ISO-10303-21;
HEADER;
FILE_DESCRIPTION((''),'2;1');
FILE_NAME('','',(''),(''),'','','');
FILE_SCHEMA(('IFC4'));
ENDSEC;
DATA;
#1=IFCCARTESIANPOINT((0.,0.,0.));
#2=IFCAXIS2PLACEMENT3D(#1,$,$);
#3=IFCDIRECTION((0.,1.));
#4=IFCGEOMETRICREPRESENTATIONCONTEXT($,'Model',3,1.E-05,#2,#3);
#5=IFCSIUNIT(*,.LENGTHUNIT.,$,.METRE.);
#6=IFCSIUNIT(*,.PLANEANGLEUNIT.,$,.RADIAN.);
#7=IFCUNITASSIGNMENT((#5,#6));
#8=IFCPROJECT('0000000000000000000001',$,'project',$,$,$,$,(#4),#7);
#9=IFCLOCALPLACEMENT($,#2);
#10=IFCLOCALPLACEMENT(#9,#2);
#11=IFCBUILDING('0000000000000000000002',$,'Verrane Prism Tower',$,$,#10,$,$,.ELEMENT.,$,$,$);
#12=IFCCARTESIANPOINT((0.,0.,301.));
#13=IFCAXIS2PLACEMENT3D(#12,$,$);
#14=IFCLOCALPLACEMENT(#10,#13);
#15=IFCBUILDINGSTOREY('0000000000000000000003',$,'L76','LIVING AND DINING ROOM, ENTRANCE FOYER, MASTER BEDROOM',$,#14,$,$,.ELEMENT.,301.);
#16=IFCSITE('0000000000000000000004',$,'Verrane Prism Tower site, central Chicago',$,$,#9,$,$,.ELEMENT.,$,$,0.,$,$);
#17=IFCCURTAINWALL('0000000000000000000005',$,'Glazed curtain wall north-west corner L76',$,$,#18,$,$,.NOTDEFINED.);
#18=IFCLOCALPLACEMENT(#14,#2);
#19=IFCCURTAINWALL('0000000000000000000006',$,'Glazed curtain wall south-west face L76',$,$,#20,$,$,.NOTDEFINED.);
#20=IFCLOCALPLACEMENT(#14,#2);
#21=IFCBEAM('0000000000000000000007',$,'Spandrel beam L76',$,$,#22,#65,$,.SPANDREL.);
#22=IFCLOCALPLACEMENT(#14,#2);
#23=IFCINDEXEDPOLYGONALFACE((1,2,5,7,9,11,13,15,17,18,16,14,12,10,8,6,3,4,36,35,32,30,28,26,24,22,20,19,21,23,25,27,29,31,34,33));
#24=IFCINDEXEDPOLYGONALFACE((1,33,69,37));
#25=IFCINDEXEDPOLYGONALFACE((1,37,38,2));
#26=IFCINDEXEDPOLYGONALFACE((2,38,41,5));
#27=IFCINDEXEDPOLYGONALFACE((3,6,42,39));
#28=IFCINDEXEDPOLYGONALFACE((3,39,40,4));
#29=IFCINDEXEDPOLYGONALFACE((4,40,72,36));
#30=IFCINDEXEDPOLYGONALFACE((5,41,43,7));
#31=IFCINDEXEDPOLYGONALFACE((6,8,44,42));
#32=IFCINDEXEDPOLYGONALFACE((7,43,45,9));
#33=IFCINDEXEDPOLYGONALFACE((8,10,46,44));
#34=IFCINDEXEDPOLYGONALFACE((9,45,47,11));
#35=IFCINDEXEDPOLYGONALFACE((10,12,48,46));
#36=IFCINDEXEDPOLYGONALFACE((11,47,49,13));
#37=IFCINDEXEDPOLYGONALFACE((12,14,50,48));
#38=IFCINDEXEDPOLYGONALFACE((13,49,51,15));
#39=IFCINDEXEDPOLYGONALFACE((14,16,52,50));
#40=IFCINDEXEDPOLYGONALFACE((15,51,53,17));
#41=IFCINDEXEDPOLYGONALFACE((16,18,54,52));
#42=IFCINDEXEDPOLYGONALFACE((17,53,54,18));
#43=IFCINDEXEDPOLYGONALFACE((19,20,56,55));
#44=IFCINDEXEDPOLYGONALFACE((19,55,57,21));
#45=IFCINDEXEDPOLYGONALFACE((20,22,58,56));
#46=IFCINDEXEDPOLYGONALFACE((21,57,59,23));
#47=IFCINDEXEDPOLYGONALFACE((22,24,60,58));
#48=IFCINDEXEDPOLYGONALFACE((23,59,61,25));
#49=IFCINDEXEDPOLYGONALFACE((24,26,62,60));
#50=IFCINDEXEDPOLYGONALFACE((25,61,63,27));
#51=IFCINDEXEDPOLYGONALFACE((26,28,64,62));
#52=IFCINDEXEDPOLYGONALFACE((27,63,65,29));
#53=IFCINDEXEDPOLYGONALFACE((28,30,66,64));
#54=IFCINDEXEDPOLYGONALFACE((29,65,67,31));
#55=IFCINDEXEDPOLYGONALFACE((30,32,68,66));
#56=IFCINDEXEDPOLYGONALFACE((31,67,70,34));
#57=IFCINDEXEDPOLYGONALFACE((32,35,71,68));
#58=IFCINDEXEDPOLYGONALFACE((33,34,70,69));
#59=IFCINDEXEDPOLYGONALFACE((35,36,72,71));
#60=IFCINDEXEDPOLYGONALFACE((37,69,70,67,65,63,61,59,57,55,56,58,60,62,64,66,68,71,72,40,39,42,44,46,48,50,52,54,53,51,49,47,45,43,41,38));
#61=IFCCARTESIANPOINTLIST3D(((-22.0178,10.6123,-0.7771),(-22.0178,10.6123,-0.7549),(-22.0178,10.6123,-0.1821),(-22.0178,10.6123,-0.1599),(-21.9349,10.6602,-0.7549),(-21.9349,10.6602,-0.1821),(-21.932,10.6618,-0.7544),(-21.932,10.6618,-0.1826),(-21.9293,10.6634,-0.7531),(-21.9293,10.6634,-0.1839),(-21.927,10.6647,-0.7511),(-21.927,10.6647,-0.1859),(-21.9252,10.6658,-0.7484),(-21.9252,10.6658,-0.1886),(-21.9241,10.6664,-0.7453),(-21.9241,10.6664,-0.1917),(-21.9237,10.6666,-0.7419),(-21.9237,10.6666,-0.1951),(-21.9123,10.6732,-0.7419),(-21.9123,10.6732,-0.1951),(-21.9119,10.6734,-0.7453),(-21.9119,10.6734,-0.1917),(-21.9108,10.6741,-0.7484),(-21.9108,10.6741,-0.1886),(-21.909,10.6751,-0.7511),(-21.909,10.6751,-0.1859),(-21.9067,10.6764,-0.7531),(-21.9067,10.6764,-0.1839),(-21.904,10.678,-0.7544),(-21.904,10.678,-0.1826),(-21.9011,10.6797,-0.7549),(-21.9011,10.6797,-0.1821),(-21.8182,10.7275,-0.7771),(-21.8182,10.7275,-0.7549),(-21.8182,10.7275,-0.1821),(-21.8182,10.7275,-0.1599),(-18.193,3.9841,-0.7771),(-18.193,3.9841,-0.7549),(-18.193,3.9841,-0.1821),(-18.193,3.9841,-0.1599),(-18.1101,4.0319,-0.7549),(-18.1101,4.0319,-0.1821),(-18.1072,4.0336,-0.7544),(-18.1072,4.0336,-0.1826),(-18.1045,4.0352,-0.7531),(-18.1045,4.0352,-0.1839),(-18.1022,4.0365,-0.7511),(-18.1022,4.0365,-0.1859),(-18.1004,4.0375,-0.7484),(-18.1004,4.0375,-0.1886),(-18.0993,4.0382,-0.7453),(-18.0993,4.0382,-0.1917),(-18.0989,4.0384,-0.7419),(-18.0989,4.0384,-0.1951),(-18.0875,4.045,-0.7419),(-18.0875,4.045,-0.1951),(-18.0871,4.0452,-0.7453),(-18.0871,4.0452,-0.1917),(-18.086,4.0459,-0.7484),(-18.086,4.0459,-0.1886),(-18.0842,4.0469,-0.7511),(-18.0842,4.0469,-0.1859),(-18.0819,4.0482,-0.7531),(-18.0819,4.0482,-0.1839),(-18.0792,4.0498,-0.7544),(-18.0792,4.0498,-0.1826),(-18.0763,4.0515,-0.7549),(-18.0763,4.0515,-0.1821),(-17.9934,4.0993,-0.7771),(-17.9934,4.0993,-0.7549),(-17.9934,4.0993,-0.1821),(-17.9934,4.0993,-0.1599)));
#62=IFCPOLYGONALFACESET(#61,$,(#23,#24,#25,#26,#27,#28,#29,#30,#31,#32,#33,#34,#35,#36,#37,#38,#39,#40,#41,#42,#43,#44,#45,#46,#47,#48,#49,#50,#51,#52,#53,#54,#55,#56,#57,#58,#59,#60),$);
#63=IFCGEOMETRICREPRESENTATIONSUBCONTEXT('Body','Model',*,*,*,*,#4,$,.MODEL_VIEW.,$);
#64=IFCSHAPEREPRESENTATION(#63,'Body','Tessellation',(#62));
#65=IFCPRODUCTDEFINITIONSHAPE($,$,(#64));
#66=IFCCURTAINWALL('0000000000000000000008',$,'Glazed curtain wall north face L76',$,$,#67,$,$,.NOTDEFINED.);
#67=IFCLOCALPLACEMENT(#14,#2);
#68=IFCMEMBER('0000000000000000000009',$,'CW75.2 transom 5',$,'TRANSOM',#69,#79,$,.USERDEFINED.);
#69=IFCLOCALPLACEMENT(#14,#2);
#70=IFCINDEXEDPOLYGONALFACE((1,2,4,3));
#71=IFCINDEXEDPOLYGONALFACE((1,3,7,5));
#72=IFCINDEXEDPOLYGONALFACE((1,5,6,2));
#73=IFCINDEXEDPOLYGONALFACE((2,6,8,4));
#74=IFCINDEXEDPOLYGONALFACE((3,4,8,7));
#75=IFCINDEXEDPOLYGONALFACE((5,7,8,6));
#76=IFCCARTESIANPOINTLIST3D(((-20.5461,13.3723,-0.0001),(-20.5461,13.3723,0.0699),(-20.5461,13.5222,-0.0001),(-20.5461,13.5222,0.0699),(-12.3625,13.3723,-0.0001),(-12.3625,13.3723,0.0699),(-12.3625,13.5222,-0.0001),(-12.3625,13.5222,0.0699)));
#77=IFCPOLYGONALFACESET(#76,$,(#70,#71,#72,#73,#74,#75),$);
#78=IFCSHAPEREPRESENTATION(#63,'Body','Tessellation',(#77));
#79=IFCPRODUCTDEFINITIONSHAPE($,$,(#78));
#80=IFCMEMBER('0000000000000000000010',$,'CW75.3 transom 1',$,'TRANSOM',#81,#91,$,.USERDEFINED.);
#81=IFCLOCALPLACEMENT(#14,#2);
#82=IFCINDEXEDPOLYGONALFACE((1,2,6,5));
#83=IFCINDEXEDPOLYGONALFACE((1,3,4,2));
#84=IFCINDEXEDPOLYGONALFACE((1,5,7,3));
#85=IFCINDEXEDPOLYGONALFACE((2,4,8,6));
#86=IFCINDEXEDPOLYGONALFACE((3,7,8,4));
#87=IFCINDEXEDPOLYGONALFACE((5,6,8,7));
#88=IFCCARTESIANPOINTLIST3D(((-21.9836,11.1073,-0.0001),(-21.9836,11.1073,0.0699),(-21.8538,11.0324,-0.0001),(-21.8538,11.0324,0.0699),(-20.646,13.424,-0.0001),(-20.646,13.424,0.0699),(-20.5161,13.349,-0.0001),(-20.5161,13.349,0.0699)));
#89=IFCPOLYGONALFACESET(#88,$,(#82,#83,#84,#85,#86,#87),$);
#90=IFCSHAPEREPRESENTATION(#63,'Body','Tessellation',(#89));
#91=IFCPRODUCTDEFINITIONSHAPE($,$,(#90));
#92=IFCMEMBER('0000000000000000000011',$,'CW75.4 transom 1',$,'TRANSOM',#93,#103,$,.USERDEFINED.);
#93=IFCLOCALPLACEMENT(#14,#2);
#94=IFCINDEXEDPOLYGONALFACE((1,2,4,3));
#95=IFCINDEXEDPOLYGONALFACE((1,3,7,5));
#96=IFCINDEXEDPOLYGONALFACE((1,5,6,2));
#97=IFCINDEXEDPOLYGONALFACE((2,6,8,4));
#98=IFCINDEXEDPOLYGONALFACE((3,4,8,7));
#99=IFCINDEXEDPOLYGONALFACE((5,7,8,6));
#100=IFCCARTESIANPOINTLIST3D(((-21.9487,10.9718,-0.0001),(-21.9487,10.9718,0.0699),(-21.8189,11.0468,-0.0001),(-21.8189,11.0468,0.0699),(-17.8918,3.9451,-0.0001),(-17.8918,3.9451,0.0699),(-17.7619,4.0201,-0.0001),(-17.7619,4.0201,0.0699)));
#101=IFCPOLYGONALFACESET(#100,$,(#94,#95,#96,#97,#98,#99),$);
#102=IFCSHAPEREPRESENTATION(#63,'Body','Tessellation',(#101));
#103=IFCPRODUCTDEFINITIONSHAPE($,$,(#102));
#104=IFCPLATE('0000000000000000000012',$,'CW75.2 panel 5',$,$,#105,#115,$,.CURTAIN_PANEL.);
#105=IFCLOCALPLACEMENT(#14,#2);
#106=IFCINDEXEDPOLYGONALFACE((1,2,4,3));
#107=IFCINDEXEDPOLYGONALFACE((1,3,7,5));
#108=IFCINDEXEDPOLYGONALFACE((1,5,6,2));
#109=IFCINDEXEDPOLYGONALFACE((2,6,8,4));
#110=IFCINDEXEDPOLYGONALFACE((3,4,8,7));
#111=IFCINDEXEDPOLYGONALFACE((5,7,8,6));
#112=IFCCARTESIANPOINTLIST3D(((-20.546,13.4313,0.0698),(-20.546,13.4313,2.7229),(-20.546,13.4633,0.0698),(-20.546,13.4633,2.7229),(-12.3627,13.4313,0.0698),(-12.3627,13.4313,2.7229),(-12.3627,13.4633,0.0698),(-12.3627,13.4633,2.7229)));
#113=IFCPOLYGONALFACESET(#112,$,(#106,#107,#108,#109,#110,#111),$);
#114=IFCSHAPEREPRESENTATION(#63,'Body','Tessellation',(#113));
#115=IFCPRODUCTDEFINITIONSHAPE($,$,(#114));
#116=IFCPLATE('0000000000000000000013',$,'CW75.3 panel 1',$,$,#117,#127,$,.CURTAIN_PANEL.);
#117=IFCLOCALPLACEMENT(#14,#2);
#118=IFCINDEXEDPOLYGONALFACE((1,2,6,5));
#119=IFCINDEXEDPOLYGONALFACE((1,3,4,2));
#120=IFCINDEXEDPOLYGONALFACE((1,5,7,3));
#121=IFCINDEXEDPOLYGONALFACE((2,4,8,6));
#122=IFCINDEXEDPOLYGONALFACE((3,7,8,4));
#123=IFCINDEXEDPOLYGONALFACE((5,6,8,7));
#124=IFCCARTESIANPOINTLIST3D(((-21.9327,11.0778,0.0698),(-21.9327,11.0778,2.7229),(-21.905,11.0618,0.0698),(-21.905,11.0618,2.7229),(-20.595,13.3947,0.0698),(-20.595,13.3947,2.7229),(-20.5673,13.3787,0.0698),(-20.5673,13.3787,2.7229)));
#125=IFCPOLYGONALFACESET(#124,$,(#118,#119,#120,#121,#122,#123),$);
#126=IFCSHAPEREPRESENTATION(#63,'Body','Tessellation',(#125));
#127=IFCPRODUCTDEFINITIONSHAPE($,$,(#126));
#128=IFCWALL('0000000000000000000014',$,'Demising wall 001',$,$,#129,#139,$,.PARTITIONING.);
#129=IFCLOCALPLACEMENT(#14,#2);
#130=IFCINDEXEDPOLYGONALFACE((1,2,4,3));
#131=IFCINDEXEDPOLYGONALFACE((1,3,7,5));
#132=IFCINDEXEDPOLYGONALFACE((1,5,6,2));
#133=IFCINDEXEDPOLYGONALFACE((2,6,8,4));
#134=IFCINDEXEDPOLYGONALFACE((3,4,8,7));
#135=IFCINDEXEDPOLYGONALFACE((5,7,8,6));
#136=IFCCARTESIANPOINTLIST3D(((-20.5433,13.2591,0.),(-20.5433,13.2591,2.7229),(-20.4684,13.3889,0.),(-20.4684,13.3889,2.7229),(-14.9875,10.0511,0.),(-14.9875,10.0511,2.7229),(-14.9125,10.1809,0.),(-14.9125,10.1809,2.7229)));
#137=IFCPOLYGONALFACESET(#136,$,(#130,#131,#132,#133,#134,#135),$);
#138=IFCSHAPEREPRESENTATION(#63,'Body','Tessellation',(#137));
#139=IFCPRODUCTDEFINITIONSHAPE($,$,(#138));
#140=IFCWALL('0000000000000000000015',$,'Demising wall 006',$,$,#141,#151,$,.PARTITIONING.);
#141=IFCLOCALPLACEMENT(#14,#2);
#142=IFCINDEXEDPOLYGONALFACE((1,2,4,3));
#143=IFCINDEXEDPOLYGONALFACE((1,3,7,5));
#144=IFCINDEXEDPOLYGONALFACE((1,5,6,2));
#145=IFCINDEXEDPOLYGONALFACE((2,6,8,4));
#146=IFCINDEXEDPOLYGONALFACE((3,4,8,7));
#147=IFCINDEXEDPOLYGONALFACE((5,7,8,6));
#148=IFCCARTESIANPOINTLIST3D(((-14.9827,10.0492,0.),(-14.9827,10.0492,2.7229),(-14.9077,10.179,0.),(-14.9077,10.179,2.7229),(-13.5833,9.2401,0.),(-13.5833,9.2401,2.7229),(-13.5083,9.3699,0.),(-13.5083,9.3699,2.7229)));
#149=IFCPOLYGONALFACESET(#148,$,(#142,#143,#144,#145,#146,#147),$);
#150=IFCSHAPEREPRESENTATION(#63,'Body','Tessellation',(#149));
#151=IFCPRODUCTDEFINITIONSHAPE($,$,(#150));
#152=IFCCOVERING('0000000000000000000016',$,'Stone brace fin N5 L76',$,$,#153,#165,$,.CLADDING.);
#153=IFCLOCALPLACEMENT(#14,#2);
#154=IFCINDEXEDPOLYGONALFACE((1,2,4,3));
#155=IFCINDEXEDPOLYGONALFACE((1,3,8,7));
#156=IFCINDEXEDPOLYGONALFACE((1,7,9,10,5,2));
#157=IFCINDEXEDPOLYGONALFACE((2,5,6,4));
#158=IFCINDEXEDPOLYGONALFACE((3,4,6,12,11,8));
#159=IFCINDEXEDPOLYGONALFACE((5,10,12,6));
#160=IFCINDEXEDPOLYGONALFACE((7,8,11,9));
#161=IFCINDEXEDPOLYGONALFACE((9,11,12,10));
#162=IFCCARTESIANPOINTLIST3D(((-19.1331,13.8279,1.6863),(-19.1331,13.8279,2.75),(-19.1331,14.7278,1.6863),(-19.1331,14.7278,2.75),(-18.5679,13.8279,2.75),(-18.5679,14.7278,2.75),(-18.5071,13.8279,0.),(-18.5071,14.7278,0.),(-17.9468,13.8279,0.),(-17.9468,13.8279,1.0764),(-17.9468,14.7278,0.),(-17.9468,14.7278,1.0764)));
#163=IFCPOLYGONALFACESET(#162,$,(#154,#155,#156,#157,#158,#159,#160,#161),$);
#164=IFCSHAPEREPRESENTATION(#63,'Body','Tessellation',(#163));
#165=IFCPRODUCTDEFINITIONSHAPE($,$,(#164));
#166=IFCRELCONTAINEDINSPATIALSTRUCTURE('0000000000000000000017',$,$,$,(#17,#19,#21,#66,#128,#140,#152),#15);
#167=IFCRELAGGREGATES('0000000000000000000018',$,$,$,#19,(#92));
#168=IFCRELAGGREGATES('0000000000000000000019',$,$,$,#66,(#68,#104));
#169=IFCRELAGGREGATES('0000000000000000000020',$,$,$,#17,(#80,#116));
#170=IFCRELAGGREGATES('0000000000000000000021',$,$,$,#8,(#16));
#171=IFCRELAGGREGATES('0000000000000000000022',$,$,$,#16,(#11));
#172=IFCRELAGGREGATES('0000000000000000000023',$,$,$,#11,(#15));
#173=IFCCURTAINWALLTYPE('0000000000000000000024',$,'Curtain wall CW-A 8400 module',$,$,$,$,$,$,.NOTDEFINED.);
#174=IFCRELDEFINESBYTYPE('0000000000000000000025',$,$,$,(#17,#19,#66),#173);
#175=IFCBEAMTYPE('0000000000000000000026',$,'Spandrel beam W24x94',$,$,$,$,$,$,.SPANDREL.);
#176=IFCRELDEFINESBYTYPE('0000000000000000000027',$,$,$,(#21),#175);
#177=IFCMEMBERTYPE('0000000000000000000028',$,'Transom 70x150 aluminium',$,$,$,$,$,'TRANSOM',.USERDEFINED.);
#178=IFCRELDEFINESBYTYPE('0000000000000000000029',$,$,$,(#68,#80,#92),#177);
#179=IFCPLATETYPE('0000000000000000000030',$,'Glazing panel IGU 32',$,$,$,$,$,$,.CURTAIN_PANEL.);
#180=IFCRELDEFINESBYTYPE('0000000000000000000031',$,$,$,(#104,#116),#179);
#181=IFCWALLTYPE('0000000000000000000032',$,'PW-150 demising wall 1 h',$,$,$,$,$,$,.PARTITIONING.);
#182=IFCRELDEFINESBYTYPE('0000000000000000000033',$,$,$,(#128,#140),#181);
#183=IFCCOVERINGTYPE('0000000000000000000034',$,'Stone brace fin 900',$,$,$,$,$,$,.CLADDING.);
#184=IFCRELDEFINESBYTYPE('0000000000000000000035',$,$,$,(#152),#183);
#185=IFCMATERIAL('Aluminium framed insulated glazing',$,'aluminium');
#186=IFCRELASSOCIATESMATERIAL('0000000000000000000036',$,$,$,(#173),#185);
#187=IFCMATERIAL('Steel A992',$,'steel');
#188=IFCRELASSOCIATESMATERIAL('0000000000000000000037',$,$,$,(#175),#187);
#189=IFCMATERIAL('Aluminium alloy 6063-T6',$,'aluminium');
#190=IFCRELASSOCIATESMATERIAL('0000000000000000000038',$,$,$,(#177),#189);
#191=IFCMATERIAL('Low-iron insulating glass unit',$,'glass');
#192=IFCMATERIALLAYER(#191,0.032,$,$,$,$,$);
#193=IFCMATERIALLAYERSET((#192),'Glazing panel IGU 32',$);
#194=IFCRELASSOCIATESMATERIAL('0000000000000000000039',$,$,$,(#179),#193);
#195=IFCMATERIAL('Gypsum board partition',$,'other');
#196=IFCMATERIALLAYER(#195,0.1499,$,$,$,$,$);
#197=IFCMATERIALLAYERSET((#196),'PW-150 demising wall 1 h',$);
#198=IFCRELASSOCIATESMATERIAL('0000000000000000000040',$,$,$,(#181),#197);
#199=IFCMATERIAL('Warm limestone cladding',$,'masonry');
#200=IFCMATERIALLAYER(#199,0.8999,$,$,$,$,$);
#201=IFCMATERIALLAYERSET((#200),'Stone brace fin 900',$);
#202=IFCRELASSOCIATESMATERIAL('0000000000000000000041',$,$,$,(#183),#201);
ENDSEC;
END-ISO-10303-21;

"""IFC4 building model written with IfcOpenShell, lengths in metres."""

from ifc_helpers import new_model, si_unit, direction, frame, frame_2d, origin, origin_2d, place, context, subcontext, project, spatial, polyline, rectangle, i_section, outline, extrude, material, layer, layer_set, material_profile, profile_set, type_object, element, aggregate, save


model = new_model("IFC4")

# Units and contexts
model_context = context("Model", 3, precision=1e-05, world=origin(), true_north=direction((0.0, 1.0)))
body_context = subcontext(model_context, "Body", "Model", "MODEL_VIEW")
ifc_project = project(units=[si_unit("LENGTHUNIT", "METRE"), si_unit("PLANEANGLEUNIT", "RADIAN")], contexts=[model_context])

# Site, building, storey
site_placement = place(None, origin())
site = spatial("IfcSite", under=ifc_project, at=site_placement, Name="Verrane Prism Tower site, central Chicago", CompositionType="ELEMENT", RefElevation=0.0)
building_placement = place(site_placement, origin())
building = spatial("IfcBuilding", under=site, at=building_placement, Name="Verrane Prism Tower", CompositionType="ELEMENT")
storey_placement = place(building_placement, frame((0.0, 0.0, 301.0)))
storey = spatial("IfcBuildingStorey", under=building, at=storey_placement, Name="L76", Description="LIVING AND DINING ROOM, ENTRANCE FOYER, MASTER BEDROOM", CompositionType="ELEMENT", Elevation=301.0)

# Curtain walls
ifc_material_1 = material(Name="Aluminium framed insulated glazing", Category="aluminium")
curtain_wall_type = type_object("IfcCurtainWallType", Name="Curtain wall CW-A 8400 module", PredefinedType="NOTDEFINED", material=ifc_material_1)
curtain_wall_1_placement = place(storey_placement, origin())
curtain_wall_1 = element("IfcCurtainWall", 1, at=curtain_wall_1_placement, inside=storey, type_object=curtain_wall_type, Name="Glazed curtain wall north-west corner L76", PredefinedType="NOTDEFINED")
curtain_wall_2_placement = place(storey_placement, origin())
curtain_wall_2 = element("IfcCurtainWall", 2, at=curtain_wall_2_placement, inside=storey, type_object=curtain_wall_type, Name="Glazed curtain wall south-west face L76", PredefinedType="NOTDEFINED")

# Beam
ifc_material_2 = material(Name="Steel A992", Category="steel")
ifc_material_profile_1 = material_profile(ifc_material_2, i_section(OverallWidth=0.2305, OverallDepth=0.6172, WebThickness=0.0132, FlangeThickness=0.0222, FilletRadius=0.0129, at=origin_2d()), Name="W24x94")
ifc_profile_set_1 = profile_set([ifc_material_profile_1], Name="Steel A992")
beam_type_1 = type_object("IfcBeamType", Name="Spandrel beam W24x94", PredefinedType="SPANDREL", material=ifc_profile_set_1)
beam_1_placement = place(storey_placement, frame((-21.918, 10.6699, -0.4685), z_axis=(0.499797, -0.866143, 0.0), x_axis=(0.866143, 0.499797, 0.0)))
element("IfcBeam", 3, at=beam_1_placement, inside=storey, type_object=beam_type_1, Name="Spandrel beam L76", PredefinedType="SPANDREL", context=body_context, shape_type="SweptSolid", body=[
    extrude(i_section(OverallWidth=0.2305, OverallDepth=0.6172, WebThickness=0.0132, FlangeThickness=0.0222, FilletRadius=0.0129, at=origin_2d()), origin(), (0.0, 0.0, 1.0), 7.6526),
])

# Curtain wall, member
curtain_wall_3_placement = place(storey_placement, origin())
curtain_wall_3 = element("IfcCurtainWall", 4, at=curtain_wall_3_placement, inside=storey, type_object=curtain_wall_type, Name="Glazed curtain wall north face L76", PredefinedType="NOTDEFINED")
ifc_material_3 = material(Name="Aluminium alloy 6063-T6", Category="aluminium")
ifc_material_profile_2 = material_profile(ifc_material_3, rectangle(XDim=0.1499, YDim=0.0701, at=origin_2d()), Name="Transom 70x150 aluminium")
ifc_profile_set_2 = profile_set([ifc_material_profile_2], Name="Aluminium alloy 6063-T6")
member_type_1 = type_object("IfcMemberType", Name="Transom 70x150 aluminium", ElementType="TRANSOM", PredefinedType="USERDEFINED", material=ifc_profile_set_2)
member_1_placement = place(storey_placement, frame((-12.3625, 13.4473, 0.0349), z_axis=(-1.0, 0.0, 0.0), x_axis=(0.0, -1.0, 0.0)))
member_1 = element("IfcMember", 5, at=member_1_placement, type_object=member_type_1, Name="CW75.2 transom 5", ObjectType="TRANSOM", PredefinedType="USERDEFINED", context=body_context, shape_type="SweptSolid", body=[
    extrude(rectangle(XDim=0.1499, YDim=0.0701, at=origin_2d()), origin(), (0.0, 0.0, 1.0), 8.1836),
])

# Members
member_2_placement = place(storey_placement, frame((-20.5811, 13.3865, 0.0349), z_axis=(-0.500036, -0.866005, 0.0), x_axis=(0.866005, -0.500036, 0.0)))
member_2 = element("IfcMember", 6, at=member_2_placement, type_object=member_type_1, Name="CW75.3 transom 1", ObjectType="TRANSOM", PredefinedType="USERDEFINED", context=body_context, shape_type="SweptSolid", body=[
    extrude(rectangle(XDim=0.1499, YDim=0.0701, at=origin_2d()), origin(), (0.0, 0.0, 1.0), 2.675),
])
member_3_placement = place(storey_placement, frame((-21.8838, 11.0093, 0.0349), z_axis=(0.500006, -0.866022, 0.0), x_axis=(0.866022, 0.500006, 0.0)))
member_3 = element("IfcMember", 7, at=member_3_placement, type_object=member_type_1, Name="CW75.4 transom 1", ObjectType="TRANSOM", PredefinedType="USERDEFINED", context=body_context, shape_type="SweptSolid", body=[
    extrude(rectangle(XDim=0.1499, YDim=0.0701, at=origin_2d()), origin(), (0.0, 0.0, 1.0), 8.1138),
])
aggregate(curtain_wall_2, [member_3])

# Plates
ifc_material_4 = material(Name="Low-iron insulating glass unit", Category="glass")
ifc_layer_1 = layer(ifc_material_4, 0.032)
ifc_layer_set_1 = layer_set([ifc_layer_1], Name="Glazing panel IGU 32")
plate_type = type_object("IfcPlateType", Name="Glazing panel IGU 32", PredefinedType="CURTAIN_PANEL", material=ifc_layer_set_1)
plate_1_placement = place(storey_placement, frame((-16.4543, 13.4473, 0.0698), z_axis=(0.0, 0.0, 1.0), x_axis=(-1.0, 0.0, 0.0)))
plate_1 = element("IfcPlate", 8, at=plate_1_placement, type_object=plate_type, Name="CW75.2 panel 5", PredefinedType="CURTAIN_PANEL", context=body_context, shape_type="SweptSolid", body=[
    extrude(rectangle(XDim=8.1833, YDim=0.032, at=origin_2d()), origin(), (0.0, 0.0, 1.0), 2.6531),
])
aggregate(curtain_wall_3, [member_1, plate_1])
plate_2_placement = place(storey_placement, frame((-21.25, 12.2283, 0.0698), z_axis=(0.0, 0.0, 1.0), x_axis=(-0.500002, -0.866024, 0.0)))
plate_2 = element("IfcPlate", 9, at=plate_2_placement, type_object=plate_type, Name="CW75.3 panel 1", PredefinedType="CURTAIN_PANEL", context=body_context, shape_type="SweptSolid", body=[
    extrude(rectangle(XDim=2.6753, YDim=0.032, at=origin_2d()), origin(), (0.0, 0.0, 1.0), 2.6531),
])
aggregate(curtain_wall_1, [member_2, plate_2])

# Walls
ifc_material_5 = material(Name="Gypsum board partition", Category="other")
ifc_layer_2 = layer(ifc_material_5, 0.1499)
ifc_layer_set_2 = layer_set([ifc_layer_2], Name="PW-150 demising wall 1 h")
wall_type = type_object("IfcWallType", Name="PW-150 demising wall 1 h", PredefinedType="PARTITIONING", material=ifc_layer_set_2)
wall_1_placement = place(storey_placement, frame((-20.5059, 13.324, 0.0), z_axis=(0.0, 0.0, 1.0), x_axis=(0.866005, -0.500035, 0.0)))
element("IfcWall", 10, at=wall_1_placement, inside=storey, type_object=wall_type, Name="Demising wall 001", PredefinedType="PARTITIONING", context=body_context, shape_type="SweptSolid", body=[
    extrude(rectangle(XDim=6.4155, YDim=0.1499, at=frame_2d((3.2078, 0.0))), origin(), (0.0, 0.0, 1.0), 2.7229),
])
wall_2_placement = place(storey_placement, frame((-14.9451, 10.114, 0.0), z_axis=(0.0, 0.0, 1.0), x_axis=(0.865723, -0.500524, 0.0)))
element("IfcWall", 11, at=wall_2_placement, inside=storey, type_object=wall_type, Name="Demising wall 006", PredefinedType="PARTITIONING", context=body_context, shape_type="SweptSolid", body=[
    extrude(rectangle(XDim=1.6165, YDim=0.1499, at=frame_2d((0.8081, 0.0))), origin(), (0.0, 0.0, 1.0), 2.7229),
])

# Covering
ifc_material_6 = material(Name="Warm limestone cladding", Category="masonry")
ifc_layer_3 = layer(ifc_material_6, 0.8999)
ifc_layer_set_3 = layer_set([ifc_layer_3], Name="Stone brace fin 900")
covering_type = type_object("IfcCoveringType", Name="Stone brace fin 900", PredefinedType="CLADDING", material=ifc_layer_set_3)
covering_placement = place(storey_placement, frame((-17.9468, 14.2778, 0.0), z_axis=(0.0, 0.0, 1.0), x_axis=(-1.0, 0.0, 0.0)))
element("IfcCovering", 12, at=covering_placement, inside=storey, type_object=covering_type, Name="Stone brace fin N5 L76", PredefinedType="CLADDING", context=body_context, shape_type="SweptSolid", body=[
    extrude(outline(polyline([(1.1863, 2.75), (0.6211, 2.75), (0.0, 1.0764), (0.0, 0.0), (0.5603, 0.0), (1.1863, 1.6863), (1.1863, 2.75)])), frame((0.0, 0.45, 0.0), z_axis=(0.0, -1.0, 0.0), x_axis=(1.0, 0.0, 0.0)), (0.0, 0.0, 1.0), 0.8999),
])

save(model, "model.ifc")
